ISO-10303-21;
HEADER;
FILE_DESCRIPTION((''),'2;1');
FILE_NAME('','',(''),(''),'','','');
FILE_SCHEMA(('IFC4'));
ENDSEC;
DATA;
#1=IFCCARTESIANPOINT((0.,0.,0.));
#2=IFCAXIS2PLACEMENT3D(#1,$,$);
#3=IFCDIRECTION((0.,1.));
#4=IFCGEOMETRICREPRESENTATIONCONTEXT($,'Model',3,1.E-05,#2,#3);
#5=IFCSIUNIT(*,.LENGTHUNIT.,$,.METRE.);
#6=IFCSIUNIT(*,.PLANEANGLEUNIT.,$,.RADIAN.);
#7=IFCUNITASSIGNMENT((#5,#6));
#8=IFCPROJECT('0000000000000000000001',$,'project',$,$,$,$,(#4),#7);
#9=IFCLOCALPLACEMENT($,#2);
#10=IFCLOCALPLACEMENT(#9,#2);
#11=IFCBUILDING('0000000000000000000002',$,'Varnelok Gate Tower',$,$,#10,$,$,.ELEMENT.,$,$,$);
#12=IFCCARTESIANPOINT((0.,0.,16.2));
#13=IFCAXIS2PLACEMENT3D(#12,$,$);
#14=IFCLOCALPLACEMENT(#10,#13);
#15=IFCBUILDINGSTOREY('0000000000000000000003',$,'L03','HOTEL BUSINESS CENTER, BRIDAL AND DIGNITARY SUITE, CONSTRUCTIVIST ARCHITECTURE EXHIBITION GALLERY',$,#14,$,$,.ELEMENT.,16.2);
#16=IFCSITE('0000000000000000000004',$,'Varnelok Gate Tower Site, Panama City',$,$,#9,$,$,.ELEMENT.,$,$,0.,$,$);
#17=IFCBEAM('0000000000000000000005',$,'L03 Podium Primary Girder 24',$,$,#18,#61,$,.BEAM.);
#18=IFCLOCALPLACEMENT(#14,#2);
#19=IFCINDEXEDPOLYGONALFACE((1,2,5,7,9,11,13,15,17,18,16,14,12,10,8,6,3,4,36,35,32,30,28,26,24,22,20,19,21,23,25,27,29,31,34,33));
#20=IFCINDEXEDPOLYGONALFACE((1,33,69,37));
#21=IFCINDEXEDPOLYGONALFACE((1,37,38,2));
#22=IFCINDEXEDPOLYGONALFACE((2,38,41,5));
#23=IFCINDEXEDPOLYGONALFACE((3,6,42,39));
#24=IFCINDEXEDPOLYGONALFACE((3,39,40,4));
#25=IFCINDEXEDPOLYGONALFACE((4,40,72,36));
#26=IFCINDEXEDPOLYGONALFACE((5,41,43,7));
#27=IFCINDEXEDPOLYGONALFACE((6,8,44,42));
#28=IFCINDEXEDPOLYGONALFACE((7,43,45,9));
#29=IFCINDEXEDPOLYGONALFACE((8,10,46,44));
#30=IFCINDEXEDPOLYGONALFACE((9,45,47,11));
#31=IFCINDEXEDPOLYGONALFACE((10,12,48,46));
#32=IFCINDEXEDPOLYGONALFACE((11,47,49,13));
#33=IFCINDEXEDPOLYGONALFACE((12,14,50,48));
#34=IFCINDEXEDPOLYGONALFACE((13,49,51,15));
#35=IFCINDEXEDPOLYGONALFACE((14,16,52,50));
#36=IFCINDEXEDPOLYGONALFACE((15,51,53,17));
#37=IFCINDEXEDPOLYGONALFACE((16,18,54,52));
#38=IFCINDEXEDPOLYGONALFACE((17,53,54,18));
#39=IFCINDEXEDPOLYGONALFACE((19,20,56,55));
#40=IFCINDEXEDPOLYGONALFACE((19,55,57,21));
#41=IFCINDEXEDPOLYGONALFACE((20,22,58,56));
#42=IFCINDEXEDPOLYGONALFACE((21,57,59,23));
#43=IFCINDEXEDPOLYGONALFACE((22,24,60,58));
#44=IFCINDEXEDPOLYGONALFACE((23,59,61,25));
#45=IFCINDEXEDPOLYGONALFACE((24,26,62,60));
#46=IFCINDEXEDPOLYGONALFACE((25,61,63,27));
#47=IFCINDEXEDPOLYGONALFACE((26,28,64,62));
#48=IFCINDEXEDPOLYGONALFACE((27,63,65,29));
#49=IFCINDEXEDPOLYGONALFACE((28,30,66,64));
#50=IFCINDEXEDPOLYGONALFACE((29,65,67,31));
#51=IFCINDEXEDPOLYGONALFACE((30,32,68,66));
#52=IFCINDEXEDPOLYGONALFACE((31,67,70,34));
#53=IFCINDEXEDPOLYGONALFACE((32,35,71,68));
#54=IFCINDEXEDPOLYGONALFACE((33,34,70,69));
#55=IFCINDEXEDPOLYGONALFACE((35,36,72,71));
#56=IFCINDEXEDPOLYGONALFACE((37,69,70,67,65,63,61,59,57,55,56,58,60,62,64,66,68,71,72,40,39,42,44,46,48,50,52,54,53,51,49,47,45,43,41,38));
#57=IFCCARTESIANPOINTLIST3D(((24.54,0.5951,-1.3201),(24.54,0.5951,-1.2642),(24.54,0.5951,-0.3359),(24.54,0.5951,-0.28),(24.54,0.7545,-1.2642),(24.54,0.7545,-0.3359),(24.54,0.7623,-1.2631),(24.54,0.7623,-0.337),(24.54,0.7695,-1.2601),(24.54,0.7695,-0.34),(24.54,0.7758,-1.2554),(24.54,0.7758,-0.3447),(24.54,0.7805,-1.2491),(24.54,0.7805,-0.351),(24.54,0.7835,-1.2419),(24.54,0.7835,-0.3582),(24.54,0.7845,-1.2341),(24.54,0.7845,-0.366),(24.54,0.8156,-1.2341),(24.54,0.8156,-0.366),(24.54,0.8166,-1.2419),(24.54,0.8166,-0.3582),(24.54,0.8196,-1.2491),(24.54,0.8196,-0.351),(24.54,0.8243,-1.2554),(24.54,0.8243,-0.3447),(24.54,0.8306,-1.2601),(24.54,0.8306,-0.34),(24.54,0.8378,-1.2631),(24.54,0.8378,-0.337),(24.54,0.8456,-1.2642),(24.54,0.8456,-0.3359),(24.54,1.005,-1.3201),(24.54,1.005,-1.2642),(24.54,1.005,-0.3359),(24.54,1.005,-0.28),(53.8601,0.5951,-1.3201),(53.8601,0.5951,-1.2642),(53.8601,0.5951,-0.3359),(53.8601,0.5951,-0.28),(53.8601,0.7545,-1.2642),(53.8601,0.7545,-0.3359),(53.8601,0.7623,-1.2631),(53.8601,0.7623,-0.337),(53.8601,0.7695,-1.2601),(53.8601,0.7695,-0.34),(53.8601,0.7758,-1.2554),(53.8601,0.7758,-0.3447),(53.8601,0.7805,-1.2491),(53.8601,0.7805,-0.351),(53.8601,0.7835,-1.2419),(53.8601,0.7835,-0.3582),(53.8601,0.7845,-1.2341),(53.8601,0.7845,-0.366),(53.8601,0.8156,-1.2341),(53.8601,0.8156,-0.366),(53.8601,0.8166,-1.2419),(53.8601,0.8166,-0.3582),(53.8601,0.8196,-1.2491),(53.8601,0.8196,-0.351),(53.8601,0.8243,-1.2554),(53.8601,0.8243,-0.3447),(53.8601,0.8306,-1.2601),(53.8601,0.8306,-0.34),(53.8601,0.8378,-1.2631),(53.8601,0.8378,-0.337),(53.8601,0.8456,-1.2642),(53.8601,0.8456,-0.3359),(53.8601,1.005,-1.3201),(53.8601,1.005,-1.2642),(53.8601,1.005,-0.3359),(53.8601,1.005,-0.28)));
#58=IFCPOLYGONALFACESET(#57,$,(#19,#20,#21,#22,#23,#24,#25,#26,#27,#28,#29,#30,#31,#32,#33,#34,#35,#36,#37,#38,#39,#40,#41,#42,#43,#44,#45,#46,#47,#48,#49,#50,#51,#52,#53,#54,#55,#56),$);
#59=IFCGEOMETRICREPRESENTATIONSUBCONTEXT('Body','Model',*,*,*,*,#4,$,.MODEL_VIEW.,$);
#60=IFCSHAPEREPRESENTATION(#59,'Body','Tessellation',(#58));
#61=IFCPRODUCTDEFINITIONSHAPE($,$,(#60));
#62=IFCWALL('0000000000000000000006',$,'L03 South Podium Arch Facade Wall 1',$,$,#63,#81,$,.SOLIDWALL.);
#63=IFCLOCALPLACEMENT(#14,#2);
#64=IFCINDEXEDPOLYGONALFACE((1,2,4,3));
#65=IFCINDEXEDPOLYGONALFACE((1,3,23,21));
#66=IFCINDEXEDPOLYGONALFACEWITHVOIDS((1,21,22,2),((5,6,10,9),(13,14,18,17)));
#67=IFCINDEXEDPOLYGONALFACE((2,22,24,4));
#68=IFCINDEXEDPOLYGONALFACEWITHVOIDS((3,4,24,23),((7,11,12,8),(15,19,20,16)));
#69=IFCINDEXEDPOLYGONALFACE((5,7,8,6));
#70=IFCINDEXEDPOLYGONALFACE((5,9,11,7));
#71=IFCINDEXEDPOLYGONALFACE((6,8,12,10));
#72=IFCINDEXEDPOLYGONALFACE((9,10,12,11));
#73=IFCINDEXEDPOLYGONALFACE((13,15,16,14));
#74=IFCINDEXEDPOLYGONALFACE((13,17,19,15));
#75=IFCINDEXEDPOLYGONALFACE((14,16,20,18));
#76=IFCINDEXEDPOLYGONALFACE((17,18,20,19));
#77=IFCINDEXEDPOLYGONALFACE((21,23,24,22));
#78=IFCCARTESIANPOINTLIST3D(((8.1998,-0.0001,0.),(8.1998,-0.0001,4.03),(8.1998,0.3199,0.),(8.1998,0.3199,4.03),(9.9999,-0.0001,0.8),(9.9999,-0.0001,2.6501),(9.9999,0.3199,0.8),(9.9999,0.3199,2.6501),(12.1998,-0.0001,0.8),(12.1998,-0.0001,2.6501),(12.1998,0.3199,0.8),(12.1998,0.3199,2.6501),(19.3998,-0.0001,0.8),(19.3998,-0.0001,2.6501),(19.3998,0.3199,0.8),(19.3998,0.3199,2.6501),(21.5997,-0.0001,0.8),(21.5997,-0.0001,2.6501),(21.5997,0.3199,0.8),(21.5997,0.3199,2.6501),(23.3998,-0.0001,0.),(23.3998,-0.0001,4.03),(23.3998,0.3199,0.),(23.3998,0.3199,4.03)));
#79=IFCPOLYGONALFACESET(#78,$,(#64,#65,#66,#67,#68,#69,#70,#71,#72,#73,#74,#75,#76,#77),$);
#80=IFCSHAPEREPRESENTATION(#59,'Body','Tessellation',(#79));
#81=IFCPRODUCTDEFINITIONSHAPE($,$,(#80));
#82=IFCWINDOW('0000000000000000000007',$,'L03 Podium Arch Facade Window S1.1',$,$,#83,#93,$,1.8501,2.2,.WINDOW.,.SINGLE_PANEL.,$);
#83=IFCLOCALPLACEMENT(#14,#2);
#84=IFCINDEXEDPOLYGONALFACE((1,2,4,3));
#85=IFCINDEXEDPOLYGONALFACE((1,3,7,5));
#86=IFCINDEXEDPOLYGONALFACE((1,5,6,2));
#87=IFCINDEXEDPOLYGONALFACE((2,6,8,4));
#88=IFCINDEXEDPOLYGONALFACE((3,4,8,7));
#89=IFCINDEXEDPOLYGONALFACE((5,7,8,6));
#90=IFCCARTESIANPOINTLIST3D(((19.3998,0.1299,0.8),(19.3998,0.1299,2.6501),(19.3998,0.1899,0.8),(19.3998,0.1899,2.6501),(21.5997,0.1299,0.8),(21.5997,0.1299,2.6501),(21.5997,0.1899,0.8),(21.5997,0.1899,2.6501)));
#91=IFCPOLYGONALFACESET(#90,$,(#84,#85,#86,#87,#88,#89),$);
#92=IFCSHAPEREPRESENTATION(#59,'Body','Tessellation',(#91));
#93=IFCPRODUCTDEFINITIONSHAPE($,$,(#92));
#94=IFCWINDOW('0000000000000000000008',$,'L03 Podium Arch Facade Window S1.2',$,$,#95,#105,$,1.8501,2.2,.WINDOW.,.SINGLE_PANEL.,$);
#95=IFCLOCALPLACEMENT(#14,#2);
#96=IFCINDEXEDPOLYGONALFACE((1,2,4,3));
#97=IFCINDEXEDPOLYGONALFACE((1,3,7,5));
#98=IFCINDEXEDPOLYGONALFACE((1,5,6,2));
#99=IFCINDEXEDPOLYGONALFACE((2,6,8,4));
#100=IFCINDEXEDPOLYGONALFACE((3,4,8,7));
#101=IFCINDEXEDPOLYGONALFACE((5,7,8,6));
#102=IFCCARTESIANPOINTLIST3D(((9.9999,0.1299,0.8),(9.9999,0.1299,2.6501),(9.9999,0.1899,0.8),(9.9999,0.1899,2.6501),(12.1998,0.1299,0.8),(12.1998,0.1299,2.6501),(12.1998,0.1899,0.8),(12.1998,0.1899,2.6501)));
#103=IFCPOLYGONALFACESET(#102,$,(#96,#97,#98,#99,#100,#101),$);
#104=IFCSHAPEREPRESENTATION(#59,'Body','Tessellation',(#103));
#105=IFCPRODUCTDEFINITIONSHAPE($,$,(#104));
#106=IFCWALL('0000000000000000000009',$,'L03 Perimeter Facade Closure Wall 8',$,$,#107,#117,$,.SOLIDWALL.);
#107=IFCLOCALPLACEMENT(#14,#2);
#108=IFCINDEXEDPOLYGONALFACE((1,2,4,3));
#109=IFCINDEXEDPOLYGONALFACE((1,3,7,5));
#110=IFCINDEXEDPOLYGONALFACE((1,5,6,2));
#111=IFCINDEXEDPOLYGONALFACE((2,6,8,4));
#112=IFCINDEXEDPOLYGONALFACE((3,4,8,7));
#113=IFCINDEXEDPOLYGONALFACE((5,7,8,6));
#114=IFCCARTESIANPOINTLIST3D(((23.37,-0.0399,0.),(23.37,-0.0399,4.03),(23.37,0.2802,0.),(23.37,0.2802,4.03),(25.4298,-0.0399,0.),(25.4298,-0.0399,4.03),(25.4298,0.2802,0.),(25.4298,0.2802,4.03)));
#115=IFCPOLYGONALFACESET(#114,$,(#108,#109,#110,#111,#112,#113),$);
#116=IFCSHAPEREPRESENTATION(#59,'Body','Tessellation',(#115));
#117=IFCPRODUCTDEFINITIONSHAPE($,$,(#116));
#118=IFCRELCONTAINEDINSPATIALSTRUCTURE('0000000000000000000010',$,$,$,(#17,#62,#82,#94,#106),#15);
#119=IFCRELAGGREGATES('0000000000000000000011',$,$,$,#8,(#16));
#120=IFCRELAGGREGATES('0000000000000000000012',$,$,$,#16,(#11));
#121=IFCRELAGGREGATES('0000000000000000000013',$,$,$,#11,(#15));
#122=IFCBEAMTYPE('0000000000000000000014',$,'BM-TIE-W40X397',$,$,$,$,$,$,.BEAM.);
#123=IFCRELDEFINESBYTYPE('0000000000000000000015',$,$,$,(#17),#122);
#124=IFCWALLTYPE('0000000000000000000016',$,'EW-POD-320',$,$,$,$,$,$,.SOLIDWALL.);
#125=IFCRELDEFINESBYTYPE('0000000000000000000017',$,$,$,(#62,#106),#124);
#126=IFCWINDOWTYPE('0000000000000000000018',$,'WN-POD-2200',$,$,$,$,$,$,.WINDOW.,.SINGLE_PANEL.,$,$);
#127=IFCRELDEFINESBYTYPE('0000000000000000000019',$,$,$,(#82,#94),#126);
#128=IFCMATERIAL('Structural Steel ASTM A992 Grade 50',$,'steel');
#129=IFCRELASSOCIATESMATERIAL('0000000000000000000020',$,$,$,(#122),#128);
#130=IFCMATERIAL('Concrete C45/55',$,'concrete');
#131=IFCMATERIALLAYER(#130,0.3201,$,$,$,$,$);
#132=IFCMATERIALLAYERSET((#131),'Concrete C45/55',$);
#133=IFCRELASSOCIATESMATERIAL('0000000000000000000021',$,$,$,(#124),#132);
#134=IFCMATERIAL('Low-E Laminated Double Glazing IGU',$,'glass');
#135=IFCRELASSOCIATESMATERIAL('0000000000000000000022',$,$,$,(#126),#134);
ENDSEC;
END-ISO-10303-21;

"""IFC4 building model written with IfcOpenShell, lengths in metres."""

from ifc_helpers import new_model, si_unit, direction, frame, frame_2d, origin, origin_2d, place, context, subcontext, project, spatial, rectangle, i_section, extrude, material, layer, layer_set, material_profile, profile_set, type_object, element, fill, save


model = new_model("IFC4")

# Units and contexts
model_context = context("Model", 3, precision=1e-05, world=origin(), true_north=direction((0.0, 1.0)))
body_context = subcontext(model_context, "Body", "Model", "MODEL_VIEW")
ifc_project = project(units=[si_unit("LENGTHUNIT", "METRE"), si_unit("PLANEANGLEUNIT", "RADIAN")], contexts=[model_context])

# Site, building, storey
site_placement = place(None, origin())
site = spatial("IfcSite", under=ifc_project, at=site_placement, Name="Varnelok Gate Tower Site, Panama City", CompositionType="ELEMENT", RefElevation=0.0)
building_placement = place(site_placement, origin())
building = spatial("IfcBuilding", under=site, at=building_placement, Name="Varnelok Gate Tower", CompositionType="ELEMENT")
storey_placement = place(building_placement, frame((0.0, 0.0, 16.2)))
storey = spatial("IfcBuildingStorey", under=building, at=storey_placement, Name="L03", Description="HOTEL BUSINESS CENTER, BRIDAL AND DIGNITARY SUITE, CONSTRUCTIVIST ARCHITECTURE EXHIBITION GALLERY", CompositionType="ELEMENT", Elevation=16.2)

# Shared definitions
ifc_material_1 = material(Name="Structural Steel ASTM A992 Grade 50", Category="steel")

# Beam
ifc_material_profile_1 = material_profile(ifc_material_1, i_section(OverallWidth=0.4099, OverallDepth=1.04, WebThickness=0.031, FlangeThickness=0.0559, FilletRadius=0.03, at=origin_2d()), Name="W40X397")
ifc_profile_set_1 = profile_set([ifc_material_profile_1], Name="Structural Steel ASTM A992 Grade 50")
beam_type_1 = type_object("IfcBeamType", Name="BM-TIE-W40X397", PredefinedType="BEAM", material=ifc_profile_set_1)
beam_1_placement = place(storey_placement, frame((24.54, 0.8, -0.8), z_axis=(1.0, 0.0, 0.0), x_axis=(0.0, 1.0, 0.0)))
element("IfcBeam", 1, at=beam_1_placement, inside=storey, type_object=beam_type_1, Name="L03 Podium Primary Girder 24", PredefinedType="BEAM", context=body_context, shape_type="SweptSolid", body=[
    extrude(i_section(OverallWidth=0.4099, OverallDepth=1.04, WebThickness=0.031, FlangeThickness=0.0559, FilletRadius=0.03, at=origin_2d()), origin(), (0.0, 0.0, 1.0), 29.3201),
])

# Wall, openings, windows
ifc_material_2 = material(Name="Concrete C45/55", Category="concrete")
ifc_layer_1 = layer(ifc_material_2, 0.3201)
ifc_layer_set_1 = layer_set([ifc_layer_1], Name="Concrete C45/55")
wall_type_1 = type_object("IfcWallType", Name="EW-POD-320", PredefinedType="SOLIDWALL", material=ifc_layer_set_1)
wall_1_placement = place(storey_placement, frame((23.3999, 0.1599, 0.0), z_axis=(0.0, 0.0, 1.0), x_axis=(-1.0, 0.0, 0.0)))
wall_1 = element("IfcWall", 2, at=wall_1_placement, inside=storey, type_object=wall_type_1, Name="L03 South Podium Arch Facade Wall 1", PredefinedType="SOLIDWALL", context=body_context, shape_type="SweptSolid", body=[
    extrude(rectangle(XDim=15.2, YDim=0.3201, at=frame_2d((7.6001, 0.0))), origin(), (0.0, 0.0, 1.0), 4.03),
])
opening_1_placement = place(wall_1_placement, frame((1.8, 0.0, 0.8)))
opening_1 = element("IfcOpeningElement", 3, at=opening_1_placement, cuts=wall_1, PredefinedType="OPENING", context=body_context, shape_type="SweptSolid", body=[
    extrude(rectangle(XDim=2.2, YDim=1.8501, at=frame_2d((1.1001, 0.925))), frame((0.0, 0.1699, 0.0), z_axis=(0.0, -1.0, 0.0), x_axis=(1.0, 0.0, 0.0)), (0.0, 0.0, 1.0), 0.3401),
])
opening_2_placement = place(wall_1_placement, frame((11.2, 0.0, 0.8)))
opening_2 = element("IfcOpeningElement", 4, at=opening_2_placement, cuts=wall_1, PredefinedType="OPENING", context=body_context, shape_type="SweptSolid", body=[
    extrude(rectangle(XDim=2.2, YDim=1.8501, at=frame_2d((1.1001, 0.925))), frame((0.0, 0.1699, 0.0), z_axis=(0.0, -1.0, 0.0), x_axis=(1.0, 0.0, 0.0)), (0.0, 0.0, 1.0), 0.3401),
])
ifc_material_3 = material(Name="Low-E Laminated Double Glazing IGU", Category="glass")
window_type = type_object("IfcWindowType", Name="WN-POD-2200", PartitioningType="SINGLE_PANEL", PredefinedType="WINDOW", material=ifc_material_3)
window_1_placement = place(opening_1_placement, origin())
window_1 = element("IfcWindow", 5, at=window_1_placement, inside=storey, type_object=window_type, Name="L03 Podium Arch Facade Window S1.1", OverallHeight=1.8501, OverallWidth=2.2, PartitioningType="SINGLE_PANEL", PredefinedType="WINDOW", context=body_context, shape_type="SweptSolid", body=[
    extrude(rectangle(XDim=2.2, YDim=1.8501, at=frame_2d((1.1001, 0.925))), frame((0.0, 0.03, 0.0), z_axis=(0.0, -1.0, 0.0), x_axis=(1.0, 0.0, 0.0)), (0.0, 0.0, 1.0), 0.0601),
])
fill(opening_1, window_1)
window_2_placement = place(opening_2_placement, origin())
window_2 = element("IfcWindow", 6, at=window_2_placement, inside=storey, type_object=window_type, Name="L03 Podium Arch Facade Window S1.2", OverallHeight=1.8501, OverallWidth=2.2, PartitioningType="SINGLE_PANEL", PredefinedType="WINDOW", context=body_context, shape_type="SweptSolid", body=[
    extrude(rectangle(XDim=2.2, YDim=1.8501, at=frame_2d((1.1001, 0.925))), frame((0.0, 0.03, 0.0), z_axis=(0.0, -1.0, 0.0), x_axis=(1.0, 0.0, 0.0)), (0.0, 0.0, 1.0), 0.0601),
])
fill(opening_2, window_2)

# Wall
wall_2_placement = place(storey_placement, frame((23.3701, 0.1201, 0.0), z_axis=(0.0, 0.0, 1.0), x_axis=(1.0, 0.0, 0.0)))
element("IfcWall", 7, at=wall_2_placement, inside=storey, type_object=wall_type_1, Name="L03 Perimeter Facade Closure Wall 8", PredefinedType="SOLIDWALL", context=body_context, shape_type="SweptSolid", body=[
    extrude(rectangle(XDim=2.0598, YDim=0.3201, at=frame_2d((1.0298, 0.0))), origin(), (0.0, 0.0, 1.0), 4.03),
])

save(model, "model.ifc")
